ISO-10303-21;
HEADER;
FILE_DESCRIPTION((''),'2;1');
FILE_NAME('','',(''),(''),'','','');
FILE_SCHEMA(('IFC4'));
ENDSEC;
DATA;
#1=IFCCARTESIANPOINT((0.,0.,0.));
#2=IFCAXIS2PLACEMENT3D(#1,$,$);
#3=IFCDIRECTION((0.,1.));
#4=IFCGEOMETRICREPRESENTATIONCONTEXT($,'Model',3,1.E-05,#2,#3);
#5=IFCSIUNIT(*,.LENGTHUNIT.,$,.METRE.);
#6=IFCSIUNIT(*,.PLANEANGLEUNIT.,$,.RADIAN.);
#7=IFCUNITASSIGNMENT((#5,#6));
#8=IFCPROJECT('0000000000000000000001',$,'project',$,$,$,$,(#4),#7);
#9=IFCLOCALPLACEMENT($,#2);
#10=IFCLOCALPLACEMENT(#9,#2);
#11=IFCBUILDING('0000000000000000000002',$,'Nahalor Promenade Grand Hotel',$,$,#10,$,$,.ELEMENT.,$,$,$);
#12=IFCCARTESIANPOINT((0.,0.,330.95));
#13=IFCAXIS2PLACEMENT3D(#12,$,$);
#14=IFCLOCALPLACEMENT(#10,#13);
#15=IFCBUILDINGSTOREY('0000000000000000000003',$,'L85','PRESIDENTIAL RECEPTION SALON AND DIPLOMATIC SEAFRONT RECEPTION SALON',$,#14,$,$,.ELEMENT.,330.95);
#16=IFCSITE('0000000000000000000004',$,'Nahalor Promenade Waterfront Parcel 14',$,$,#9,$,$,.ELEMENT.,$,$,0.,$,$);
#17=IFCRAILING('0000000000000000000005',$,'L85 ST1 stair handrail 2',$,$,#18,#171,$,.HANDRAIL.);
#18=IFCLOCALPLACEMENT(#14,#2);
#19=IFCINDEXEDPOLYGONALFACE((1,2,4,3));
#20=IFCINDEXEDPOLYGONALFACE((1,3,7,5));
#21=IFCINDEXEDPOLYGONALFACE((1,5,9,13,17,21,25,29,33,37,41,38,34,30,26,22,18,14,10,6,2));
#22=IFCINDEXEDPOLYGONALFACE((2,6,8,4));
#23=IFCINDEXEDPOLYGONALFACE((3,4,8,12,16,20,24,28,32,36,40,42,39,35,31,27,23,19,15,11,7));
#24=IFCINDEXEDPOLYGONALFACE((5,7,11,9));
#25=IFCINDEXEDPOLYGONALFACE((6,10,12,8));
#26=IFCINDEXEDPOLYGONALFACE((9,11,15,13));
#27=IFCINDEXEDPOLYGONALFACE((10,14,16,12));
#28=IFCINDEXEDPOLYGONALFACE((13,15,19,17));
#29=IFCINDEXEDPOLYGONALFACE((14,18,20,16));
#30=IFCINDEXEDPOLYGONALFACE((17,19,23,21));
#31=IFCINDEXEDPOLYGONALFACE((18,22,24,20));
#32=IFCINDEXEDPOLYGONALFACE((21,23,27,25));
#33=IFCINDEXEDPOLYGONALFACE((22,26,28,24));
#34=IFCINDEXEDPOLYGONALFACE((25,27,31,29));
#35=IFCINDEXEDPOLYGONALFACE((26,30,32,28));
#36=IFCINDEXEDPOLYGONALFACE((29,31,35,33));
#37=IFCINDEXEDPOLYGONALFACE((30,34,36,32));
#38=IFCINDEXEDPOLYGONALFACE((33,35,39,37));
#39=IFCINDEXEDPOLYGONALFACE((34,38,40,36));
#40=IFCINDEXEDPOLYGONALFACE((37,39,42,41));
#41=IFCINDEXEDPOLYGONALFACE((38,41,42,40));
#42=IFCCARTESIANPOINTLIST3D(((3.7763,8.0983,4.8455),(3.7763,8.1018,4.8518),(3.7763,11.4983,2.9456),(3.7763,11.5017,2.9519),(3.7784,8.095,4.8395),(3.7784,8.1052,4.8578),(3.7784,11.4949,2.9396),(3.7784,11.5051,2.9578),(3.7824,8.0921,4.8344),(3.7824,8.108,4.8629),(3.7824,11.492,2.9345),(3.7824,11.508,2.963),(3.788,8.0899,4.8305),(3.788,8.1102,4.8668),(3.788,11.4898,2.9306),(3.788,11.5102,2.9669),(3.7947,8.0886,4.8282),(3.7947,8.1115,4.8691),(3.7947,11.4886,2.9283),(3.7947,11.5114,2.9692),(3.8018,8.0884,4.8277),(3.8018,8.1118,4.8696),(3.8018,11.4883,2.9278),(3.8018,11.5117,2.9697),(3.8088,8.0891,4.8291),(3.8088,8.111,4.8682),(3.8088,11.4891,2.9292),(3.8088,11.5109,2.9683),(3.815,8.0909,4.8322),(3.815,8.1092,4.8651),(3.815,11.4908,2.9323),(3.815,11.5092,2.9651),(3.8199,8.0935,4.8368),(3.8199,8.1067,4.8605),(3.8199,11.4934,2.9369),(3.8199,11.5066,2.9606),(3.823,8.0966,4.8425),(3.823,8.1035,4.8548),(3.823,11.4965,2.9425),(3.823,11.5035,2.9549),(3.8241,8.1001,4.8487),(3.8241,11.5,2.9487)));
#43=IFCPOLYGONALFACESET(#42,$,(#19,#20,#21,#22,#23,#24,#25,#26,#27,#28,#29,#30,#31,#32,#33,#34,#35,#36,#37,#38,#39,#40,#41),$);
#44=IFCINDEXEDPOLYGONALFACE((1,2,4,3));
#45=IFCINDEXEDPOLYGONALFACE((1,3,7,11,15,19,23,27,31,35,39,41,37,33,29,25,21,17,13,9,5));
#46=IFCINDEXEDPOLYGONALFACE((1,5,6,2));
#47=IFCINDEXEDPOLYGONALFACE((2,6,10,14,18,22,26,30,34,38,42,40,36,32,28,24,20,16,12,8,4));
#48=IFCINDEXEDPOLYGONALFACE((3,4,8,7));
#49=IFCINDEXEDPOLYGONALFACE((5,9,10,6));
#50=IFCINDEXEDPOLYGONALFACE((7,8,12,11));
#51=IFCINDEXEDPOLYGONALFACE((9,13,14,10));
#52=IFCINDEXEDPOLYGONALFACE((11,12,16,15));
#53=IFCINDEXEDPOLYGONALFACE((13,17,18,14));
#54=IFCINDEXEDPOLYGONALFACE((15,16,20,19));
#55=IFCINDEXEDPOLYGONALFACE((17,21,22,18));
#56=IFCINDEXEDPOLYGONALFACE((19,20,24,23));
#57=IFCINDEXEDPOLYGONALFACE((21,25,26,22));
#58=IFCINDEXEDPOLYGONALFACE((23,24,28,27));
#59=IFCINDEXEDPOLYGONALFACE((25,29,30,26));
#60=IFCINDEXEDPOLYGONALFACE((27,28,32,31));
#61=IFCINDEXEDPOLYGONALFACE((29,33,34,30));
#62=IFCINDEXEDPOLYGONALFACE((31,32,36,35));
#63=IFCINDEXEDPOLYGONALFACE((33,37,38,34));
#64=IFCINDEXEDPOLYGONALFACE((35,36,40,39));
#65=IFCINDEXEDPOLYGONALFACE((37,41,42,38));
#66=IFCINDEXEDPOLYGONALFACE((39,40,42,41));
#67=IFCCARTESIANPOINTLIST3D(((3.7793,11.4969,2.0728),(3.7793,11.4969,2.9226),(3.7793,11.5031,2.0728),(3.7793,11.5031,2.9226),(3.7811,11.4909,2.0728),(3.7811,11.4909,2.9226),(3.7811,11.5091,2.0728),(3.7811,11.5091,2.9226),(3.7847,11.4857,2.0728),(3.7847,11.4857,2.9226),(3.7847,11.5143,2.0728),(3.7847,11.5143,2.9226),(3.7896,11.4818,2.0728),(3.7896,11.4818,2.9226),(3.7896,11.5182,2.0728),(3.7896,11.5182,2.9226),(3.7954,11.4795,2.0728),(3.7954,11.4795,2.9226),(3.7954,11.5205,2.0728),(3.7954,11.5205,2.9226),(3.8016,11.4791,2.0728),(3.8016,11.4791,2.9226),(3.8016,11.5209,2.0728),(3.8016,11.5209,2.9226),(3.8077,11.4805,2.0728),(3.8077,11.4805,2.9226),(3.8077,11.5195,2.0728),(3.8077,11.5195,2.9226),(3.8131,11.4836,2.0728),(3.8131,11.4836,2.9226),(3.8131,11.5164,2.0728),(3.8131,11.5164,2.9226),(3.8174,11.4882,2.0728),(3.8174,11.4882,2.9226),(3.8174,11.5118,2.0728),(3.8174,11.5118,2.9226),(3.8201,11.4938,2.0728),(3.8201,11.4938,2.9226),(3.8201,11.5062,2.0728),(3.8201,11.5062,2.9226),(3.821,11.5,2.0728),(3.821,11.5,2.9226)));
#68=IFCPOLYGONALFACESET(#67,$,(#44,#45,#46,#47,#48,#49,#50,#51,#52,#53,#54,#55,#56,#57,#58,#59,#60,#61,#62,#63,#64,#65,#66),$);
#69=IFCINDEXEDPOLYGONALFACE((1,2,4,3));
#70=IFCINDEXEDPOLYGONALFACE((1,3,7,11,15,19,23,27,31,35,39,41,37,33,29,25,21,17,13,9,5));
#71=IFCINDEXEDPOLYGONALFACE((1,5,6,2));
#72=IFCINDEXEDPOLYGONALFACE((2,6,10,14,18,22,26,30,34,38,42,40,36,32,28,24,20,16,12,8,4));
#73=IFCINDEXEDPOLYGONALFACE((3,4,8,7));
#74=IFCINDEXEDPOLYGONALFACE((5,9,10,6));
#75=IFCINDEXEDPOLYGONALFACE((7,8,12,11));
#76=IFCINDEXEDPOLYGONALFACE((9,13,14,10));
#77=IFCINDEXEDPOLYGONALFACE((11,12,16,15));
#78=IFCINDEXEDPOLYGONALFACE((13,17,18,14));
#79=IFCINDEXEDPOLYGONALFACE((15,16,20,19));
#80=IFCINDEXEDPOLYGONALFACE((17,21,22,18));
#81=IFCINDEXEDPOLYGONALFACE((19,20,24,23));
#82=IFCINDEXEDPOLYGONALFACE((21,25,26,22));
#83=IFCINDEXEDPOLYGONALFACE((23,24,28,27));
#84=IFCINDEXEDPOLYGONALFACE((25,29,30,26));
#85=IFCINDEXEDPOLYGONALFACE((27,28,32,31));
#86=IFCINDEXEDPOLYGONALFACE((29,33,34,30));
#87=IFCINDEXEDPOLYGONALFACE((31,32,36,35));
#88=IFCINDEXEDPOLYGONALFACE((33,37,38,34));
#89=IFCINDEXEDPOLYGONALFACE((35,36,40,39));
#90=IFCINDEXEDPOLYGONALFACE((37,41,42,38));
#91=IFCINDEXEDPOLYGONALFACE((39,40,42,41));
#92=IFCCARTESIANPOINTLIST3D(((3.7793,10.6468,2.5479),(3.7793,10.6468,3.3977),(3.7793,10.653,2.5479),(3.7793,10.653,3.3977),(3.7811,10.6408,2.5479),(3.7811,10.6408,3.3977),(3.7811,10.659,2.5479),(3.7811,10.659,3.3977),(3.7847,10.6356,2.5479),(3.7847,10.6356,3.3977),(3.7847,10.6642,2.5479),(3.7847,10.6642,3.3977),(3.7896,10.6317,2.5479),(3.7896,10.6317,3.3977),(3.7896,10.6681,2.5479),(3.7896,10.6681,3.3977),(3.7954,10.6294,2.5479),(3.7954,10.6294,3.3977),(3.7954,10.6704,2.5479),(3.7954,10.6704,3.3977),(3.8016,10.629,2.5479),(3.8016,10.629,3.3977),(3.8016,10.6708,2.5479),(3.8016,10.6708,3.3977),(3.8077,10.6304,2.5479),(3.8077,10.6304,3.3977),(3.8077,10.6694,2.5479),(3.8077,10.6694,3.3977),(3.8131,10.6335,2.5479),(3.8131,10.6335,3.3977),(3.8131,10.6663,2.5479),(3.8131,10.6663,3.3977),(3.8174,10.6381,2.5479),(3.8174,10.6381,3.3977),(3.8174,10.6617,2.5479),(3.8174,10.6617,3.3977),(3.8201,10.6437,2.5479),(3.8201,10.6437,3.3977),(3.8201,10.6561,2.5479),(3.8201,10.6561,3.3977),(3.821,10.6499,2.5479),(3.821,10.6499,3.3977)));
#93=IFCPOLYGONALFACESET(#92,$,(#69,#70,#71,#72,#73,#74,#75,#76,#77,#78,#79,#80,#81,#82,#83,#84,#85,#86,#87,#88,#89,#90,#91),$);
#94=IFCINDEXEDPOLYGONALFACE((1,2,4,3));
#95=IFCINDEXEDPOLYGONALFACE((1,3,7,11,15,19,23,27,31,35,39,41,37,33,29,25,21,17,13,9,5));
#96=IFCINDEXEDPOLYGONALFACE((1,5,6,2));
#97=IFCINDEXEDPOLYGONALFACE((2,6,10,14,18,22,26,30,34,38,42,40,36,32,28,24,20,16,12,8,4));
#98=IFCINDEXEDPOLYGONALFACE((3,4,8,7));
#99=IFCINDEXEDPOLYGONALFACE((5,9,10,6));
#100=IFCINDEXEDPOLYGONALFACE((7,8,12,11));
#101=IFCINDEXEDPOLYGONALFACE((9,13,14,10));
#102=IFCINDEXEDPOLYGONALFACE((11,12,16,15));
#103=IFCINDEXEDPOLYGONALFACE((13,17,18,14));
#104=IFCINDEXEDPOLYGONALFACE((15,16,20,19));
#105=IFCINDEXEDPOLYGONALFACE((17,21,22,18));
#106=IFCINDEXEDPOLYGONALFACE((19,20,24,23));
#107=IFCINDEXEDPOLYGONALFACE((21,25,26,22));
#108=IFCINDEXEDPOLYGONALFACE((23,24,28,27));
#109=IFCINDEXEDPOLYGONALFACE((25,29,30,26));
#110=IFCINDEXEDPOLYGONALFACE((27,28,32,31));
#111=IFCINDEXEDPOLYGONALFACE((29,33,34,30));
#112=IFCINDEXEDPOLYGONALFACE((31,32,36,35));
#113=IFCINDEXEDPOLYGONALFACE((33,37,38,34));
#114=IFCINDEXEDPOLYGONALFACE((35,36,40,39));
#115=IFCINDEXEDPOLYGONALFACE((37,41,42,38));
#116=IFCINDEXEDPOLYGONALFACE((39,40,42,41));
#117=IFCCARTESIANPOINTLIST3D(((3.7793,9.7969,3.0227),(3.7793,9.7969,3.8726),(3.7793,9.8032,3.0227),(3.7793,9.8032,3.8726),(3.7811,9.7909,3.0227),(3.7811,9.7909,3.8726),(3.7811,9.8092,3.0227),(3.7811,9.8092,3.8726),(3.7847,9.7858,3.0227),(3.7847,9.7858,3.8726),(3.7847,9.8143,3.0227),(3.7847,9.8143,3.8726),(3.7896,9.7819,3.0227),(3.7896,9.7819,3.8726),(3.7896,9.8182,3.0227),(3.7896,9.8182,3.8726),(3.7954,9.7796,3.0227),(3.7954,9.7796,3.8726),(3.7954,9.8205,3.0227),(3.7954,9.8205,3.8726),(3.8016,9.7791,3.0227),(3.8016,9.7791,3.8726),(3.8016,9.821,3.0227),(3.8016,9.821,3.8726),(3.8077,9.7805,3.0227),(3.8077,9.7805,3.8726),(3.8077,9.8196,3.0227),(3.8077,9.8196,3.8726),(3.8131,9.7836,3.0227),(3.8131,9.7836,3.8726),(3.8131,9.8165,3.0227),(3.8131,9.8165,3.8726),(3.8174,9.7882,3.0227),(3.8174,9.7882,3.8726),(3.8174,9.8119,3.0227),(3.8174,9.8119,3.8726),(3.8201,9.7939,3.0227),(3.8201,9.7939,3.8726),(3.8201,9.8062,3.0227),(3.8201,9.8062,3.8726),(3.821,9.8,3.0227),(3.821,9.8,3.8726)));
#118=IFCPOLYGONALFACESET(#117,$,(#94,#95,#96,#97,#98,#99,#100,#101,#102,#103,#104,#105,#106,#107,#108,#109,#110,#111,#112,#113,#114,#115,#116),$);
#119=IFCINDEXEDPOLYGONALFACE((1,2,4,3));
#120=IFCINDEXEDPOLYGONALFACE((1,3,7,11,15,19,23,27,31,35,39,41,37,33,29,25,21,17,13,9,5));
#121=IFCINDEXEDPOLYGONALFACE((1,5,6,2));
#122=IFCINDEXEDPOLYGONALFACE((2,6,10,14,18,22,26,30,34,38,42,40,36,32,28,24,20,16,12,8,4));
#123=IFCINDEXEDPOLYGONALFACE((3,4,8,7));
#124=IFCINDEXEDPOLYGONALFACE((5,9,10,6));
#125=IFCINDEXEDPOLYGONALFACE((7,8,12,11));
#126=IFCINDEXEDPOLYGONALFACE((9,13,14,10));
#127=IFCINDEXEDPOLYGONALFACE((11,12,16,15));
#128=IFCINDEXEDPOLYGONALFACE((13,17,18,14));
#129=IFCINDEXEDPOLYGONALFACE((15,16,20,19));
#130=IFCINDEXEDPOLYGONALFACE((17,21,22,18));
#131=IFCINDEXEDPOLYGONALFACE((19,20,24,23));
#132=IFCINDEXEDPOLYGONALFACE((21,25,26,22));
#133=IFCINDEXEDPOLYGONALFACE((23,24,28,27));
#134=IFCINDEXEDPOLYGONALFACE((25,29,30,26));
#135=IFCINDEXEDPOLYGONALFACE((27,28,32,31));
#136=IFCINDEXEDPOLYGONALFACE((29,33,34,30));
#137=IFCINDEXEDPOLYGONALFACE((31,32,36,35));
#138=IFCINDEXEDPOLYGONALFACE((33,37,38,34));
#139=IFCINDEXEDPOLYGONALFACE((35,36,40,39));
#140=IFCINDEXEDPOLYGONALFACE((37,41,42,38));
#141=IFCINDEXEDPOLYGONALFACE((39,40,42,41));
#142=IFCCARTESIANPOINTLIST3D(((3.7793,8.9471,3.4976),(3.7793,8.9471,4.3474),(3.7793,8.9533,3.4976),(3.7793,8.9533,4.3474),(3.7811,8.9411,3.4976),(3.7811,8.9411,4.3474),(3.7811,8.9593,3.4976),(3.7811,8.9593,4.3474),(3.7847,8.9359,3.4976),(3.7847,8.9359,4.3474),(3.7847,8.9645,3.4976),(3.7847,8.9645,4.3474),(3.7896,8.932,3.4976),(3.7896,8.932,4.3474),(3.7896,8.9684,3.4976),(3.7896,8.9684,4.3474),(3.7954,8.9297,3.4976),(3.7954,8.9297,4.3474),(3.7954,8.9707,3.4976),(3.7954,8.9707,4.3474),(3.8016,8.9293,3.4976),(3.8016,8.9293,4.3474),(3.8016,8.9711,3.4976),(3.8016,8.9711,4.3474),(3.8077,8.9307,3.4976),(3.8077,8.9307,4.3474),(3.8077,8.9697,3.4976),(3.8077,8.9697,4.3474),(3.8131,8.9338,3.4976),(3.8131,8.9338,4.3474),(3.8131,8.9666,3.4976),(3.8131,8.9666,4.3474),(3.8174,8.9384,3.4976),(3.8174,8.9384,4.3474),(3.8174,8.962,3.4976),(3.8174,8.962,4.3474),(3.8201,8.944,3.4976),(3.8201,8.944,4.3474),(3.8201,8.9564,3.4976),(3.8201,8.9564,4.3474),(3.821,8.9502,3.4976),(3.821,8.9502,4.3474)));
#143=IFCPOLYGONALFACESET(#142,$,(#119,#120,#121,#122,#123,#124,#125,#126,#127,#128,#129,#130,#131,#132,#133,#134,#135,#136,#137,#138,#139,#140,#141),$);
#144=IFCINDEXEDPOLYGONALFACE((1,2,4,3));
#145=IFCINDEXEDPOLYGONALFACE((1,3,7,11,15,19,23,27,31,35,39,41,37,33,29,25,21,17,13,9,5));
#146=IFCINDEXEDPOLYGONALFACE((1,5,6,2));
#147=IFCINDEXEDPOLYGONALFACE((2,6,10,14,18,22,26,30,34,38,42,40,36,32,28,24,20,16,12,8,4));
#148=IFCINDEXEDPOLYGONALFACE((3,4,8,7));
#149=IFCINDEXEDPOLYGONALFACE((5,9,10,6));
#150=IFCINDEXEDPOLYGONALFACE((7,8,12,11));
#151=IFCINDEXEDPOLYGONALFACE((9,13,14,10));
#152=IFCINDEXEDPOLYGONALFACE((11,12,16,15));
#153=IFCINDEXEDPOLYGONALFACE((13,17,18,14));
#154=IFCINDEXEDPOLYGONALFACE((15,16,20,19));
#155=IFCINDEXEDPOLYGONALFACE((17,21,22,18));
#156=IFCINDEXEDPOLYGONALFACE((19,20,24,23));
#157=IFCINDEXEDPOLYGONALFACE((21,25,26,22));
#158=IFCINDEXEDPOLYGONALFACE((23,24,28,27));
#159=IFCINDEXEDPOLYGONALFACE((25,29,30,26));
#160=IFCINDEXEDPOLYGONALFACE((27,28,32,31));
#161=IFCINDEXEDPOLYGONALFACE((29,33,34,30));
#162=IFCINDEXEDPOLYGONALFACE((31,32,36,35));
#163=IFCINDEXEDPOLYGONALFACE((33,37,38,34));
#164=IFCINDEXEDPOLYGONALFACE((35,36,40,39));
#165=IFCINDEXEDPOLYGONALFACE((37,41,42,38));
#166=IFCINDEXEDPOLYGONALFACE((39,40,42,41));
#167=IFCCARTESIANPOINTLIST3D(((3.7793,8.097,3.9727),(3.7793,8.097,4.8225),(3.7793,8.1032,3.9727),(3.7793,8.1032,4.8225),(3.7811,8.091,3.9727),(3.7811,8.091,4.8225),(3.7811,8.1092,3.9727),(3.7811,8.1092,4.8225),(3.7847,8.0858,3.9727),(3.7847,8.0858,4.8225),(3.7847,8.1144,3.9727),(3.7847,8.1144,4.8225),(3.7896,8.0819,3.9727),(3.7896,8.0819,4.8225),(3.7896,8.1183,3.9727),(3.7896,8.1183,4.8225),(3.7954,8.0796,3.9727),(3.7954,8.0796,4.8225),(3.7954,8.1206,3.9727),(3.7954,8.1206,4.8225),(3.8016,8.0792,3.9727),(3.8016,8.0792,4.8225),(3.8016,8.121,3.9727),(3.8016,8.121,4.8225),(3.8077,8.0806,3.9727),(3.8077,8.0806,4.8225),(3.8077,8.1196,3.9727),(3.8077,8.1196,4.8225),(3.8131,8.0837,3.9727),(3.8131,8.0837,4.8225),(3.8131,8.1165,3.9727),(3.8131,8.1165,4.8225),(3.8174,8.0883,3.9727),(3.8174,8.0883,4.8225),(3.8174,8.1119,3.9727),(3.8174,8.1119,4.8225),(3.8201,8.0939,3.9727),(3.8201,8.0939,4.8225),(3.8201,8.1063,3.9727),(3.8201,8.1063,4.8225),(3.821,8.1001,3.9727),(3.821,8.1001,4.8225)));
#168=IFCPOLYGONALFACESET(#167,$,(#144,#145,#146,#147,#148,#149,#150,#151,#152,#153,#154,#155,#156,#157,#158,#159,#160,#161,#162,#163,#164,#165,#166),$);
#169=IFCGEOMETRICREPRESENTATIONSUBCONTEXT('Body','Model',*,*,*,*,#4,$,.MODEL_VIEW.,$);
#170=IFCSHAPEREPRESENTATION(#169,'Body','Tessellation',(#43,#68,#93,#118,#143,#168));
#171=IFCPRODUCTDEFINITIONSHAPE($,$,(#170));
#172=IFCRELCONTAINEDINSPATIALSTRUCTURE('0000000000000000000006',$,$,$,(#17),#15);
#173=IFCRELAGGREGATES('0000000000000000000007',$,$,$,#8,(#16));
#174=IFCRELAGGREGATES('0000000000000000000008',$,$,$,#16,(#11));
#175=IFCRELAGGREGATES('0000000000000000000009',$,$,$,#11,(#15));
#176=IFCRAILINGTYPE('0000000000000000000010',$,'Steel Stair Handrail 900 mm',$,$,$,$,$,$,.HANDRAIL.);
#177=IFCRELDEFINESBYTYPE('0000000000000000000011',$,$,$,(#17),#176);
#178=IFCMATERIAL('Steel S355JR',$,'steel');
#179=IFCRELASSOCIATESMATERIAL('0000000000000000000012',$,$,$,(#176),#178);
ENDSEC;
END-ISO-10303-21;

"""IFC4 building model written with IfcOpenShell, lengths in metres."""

from ifc_helpers import new_model, si_unit, direction, frame, origin, origin_2d, place, context, subcontext, project, spatial, circle, extrude, material, type_object, element, save


model = new_model("IFC4")

# Units and contexts
model_context = context("Model", 3, precision=1e-05, world=origin(), true_north=direction((0.0, 1.0)))
body_context = subcontext(model_context, "Body", "Model", "MODEL_VIEW")
ifc_project = project(units=[si_unit("LENGTHUNIT", "METRE"), si_unit("PLANEANGLEUNIT", "RADIAN")], contexts=[model_context])

# Site, building, storey
site_placement = place(None, origin())
site = spatial("IfcSite", under=ifc_project, at=site_placement, Name="Nahalor Promenade Waterfront Parcel 14", CompositionType="ELEMENT", RefElevation=0.0)
building_placement = place(site_placement, origin())
building = spatial("IfcBuilding", under=site, at=building_placement, Name="Nahalor Promenade Grand Hotel", CompositionType="ELEMENT")
storey_placement = place(building_placement, frame((0.0, 0.0, 330.95)))
storey = spatial("IfcBuildingStorey", under=building, at=storey_placement, Name="L85", Description="PRESIDENTIAL RECEPTION SALON AND DIPLOMATIC SEAFRONT RECEPTION SALON", CompositionType="ELEMENT", Elevation=330.95)

# Shared definitions
ifc_material_1 = material(Name="Steel S355JR", Category="steel")

# Railing
railing_type_1 = type_object("IfcRailingType", Name="Steel Stair Handrail 900 mm", PredefinedType="HANDRAIL", material=ifc_material_1)
railing_1_placement = place(storey_placement, frame((3.8, 11.5, 2.0728)))
element("IfcRailing", 1, at=railing_1_placement, inside=storey, type_object=railing_type_1, Name="L85 ST1 stair handrail 2", PredefinedType="HANDRAIL", context=body_context, shape_type="SweptSolid", body=[
    extrude(circle(Radius=0.024, at=origin_2d()), frame((0.0, 0.0, 0.876), z_axis=(0.0, -0.872948, 0.487813), x_axis=(1.0, 0.0, 0.0)), (0.0, 0.0, 1.0), 3.8948),
    extrude(circle(Radius=0.021, at=origin_2d()), origin(), (0.0, 0.0, 1.0), 0.8499),
    extrude(circle(Radius=0.021, at=origin_2d()), frame((0.0, -0.8501, 0.4751)), (0.0, 0.0, 1.0), 0.8499),
    extrude(circle(Radius=0.021, at=origin_2d()), frame((0.0, -1.7, 0.95)), (0.0, 0.0, 1.0), 0.8499),
    extrude(circle(Radius=0.021, at=origin_2d()), frame((0.0, -2.5498, 1.4248)), (0.0, 0.0, 1.0), 0.8499),
    extrude(circle(Radius=0.021, at=origin_2d()), frame((0.0, -3.3999, 1.8999)), (0.0, 0.0, 1.0), 0.8499),
])

save(model, "model.ifc")
